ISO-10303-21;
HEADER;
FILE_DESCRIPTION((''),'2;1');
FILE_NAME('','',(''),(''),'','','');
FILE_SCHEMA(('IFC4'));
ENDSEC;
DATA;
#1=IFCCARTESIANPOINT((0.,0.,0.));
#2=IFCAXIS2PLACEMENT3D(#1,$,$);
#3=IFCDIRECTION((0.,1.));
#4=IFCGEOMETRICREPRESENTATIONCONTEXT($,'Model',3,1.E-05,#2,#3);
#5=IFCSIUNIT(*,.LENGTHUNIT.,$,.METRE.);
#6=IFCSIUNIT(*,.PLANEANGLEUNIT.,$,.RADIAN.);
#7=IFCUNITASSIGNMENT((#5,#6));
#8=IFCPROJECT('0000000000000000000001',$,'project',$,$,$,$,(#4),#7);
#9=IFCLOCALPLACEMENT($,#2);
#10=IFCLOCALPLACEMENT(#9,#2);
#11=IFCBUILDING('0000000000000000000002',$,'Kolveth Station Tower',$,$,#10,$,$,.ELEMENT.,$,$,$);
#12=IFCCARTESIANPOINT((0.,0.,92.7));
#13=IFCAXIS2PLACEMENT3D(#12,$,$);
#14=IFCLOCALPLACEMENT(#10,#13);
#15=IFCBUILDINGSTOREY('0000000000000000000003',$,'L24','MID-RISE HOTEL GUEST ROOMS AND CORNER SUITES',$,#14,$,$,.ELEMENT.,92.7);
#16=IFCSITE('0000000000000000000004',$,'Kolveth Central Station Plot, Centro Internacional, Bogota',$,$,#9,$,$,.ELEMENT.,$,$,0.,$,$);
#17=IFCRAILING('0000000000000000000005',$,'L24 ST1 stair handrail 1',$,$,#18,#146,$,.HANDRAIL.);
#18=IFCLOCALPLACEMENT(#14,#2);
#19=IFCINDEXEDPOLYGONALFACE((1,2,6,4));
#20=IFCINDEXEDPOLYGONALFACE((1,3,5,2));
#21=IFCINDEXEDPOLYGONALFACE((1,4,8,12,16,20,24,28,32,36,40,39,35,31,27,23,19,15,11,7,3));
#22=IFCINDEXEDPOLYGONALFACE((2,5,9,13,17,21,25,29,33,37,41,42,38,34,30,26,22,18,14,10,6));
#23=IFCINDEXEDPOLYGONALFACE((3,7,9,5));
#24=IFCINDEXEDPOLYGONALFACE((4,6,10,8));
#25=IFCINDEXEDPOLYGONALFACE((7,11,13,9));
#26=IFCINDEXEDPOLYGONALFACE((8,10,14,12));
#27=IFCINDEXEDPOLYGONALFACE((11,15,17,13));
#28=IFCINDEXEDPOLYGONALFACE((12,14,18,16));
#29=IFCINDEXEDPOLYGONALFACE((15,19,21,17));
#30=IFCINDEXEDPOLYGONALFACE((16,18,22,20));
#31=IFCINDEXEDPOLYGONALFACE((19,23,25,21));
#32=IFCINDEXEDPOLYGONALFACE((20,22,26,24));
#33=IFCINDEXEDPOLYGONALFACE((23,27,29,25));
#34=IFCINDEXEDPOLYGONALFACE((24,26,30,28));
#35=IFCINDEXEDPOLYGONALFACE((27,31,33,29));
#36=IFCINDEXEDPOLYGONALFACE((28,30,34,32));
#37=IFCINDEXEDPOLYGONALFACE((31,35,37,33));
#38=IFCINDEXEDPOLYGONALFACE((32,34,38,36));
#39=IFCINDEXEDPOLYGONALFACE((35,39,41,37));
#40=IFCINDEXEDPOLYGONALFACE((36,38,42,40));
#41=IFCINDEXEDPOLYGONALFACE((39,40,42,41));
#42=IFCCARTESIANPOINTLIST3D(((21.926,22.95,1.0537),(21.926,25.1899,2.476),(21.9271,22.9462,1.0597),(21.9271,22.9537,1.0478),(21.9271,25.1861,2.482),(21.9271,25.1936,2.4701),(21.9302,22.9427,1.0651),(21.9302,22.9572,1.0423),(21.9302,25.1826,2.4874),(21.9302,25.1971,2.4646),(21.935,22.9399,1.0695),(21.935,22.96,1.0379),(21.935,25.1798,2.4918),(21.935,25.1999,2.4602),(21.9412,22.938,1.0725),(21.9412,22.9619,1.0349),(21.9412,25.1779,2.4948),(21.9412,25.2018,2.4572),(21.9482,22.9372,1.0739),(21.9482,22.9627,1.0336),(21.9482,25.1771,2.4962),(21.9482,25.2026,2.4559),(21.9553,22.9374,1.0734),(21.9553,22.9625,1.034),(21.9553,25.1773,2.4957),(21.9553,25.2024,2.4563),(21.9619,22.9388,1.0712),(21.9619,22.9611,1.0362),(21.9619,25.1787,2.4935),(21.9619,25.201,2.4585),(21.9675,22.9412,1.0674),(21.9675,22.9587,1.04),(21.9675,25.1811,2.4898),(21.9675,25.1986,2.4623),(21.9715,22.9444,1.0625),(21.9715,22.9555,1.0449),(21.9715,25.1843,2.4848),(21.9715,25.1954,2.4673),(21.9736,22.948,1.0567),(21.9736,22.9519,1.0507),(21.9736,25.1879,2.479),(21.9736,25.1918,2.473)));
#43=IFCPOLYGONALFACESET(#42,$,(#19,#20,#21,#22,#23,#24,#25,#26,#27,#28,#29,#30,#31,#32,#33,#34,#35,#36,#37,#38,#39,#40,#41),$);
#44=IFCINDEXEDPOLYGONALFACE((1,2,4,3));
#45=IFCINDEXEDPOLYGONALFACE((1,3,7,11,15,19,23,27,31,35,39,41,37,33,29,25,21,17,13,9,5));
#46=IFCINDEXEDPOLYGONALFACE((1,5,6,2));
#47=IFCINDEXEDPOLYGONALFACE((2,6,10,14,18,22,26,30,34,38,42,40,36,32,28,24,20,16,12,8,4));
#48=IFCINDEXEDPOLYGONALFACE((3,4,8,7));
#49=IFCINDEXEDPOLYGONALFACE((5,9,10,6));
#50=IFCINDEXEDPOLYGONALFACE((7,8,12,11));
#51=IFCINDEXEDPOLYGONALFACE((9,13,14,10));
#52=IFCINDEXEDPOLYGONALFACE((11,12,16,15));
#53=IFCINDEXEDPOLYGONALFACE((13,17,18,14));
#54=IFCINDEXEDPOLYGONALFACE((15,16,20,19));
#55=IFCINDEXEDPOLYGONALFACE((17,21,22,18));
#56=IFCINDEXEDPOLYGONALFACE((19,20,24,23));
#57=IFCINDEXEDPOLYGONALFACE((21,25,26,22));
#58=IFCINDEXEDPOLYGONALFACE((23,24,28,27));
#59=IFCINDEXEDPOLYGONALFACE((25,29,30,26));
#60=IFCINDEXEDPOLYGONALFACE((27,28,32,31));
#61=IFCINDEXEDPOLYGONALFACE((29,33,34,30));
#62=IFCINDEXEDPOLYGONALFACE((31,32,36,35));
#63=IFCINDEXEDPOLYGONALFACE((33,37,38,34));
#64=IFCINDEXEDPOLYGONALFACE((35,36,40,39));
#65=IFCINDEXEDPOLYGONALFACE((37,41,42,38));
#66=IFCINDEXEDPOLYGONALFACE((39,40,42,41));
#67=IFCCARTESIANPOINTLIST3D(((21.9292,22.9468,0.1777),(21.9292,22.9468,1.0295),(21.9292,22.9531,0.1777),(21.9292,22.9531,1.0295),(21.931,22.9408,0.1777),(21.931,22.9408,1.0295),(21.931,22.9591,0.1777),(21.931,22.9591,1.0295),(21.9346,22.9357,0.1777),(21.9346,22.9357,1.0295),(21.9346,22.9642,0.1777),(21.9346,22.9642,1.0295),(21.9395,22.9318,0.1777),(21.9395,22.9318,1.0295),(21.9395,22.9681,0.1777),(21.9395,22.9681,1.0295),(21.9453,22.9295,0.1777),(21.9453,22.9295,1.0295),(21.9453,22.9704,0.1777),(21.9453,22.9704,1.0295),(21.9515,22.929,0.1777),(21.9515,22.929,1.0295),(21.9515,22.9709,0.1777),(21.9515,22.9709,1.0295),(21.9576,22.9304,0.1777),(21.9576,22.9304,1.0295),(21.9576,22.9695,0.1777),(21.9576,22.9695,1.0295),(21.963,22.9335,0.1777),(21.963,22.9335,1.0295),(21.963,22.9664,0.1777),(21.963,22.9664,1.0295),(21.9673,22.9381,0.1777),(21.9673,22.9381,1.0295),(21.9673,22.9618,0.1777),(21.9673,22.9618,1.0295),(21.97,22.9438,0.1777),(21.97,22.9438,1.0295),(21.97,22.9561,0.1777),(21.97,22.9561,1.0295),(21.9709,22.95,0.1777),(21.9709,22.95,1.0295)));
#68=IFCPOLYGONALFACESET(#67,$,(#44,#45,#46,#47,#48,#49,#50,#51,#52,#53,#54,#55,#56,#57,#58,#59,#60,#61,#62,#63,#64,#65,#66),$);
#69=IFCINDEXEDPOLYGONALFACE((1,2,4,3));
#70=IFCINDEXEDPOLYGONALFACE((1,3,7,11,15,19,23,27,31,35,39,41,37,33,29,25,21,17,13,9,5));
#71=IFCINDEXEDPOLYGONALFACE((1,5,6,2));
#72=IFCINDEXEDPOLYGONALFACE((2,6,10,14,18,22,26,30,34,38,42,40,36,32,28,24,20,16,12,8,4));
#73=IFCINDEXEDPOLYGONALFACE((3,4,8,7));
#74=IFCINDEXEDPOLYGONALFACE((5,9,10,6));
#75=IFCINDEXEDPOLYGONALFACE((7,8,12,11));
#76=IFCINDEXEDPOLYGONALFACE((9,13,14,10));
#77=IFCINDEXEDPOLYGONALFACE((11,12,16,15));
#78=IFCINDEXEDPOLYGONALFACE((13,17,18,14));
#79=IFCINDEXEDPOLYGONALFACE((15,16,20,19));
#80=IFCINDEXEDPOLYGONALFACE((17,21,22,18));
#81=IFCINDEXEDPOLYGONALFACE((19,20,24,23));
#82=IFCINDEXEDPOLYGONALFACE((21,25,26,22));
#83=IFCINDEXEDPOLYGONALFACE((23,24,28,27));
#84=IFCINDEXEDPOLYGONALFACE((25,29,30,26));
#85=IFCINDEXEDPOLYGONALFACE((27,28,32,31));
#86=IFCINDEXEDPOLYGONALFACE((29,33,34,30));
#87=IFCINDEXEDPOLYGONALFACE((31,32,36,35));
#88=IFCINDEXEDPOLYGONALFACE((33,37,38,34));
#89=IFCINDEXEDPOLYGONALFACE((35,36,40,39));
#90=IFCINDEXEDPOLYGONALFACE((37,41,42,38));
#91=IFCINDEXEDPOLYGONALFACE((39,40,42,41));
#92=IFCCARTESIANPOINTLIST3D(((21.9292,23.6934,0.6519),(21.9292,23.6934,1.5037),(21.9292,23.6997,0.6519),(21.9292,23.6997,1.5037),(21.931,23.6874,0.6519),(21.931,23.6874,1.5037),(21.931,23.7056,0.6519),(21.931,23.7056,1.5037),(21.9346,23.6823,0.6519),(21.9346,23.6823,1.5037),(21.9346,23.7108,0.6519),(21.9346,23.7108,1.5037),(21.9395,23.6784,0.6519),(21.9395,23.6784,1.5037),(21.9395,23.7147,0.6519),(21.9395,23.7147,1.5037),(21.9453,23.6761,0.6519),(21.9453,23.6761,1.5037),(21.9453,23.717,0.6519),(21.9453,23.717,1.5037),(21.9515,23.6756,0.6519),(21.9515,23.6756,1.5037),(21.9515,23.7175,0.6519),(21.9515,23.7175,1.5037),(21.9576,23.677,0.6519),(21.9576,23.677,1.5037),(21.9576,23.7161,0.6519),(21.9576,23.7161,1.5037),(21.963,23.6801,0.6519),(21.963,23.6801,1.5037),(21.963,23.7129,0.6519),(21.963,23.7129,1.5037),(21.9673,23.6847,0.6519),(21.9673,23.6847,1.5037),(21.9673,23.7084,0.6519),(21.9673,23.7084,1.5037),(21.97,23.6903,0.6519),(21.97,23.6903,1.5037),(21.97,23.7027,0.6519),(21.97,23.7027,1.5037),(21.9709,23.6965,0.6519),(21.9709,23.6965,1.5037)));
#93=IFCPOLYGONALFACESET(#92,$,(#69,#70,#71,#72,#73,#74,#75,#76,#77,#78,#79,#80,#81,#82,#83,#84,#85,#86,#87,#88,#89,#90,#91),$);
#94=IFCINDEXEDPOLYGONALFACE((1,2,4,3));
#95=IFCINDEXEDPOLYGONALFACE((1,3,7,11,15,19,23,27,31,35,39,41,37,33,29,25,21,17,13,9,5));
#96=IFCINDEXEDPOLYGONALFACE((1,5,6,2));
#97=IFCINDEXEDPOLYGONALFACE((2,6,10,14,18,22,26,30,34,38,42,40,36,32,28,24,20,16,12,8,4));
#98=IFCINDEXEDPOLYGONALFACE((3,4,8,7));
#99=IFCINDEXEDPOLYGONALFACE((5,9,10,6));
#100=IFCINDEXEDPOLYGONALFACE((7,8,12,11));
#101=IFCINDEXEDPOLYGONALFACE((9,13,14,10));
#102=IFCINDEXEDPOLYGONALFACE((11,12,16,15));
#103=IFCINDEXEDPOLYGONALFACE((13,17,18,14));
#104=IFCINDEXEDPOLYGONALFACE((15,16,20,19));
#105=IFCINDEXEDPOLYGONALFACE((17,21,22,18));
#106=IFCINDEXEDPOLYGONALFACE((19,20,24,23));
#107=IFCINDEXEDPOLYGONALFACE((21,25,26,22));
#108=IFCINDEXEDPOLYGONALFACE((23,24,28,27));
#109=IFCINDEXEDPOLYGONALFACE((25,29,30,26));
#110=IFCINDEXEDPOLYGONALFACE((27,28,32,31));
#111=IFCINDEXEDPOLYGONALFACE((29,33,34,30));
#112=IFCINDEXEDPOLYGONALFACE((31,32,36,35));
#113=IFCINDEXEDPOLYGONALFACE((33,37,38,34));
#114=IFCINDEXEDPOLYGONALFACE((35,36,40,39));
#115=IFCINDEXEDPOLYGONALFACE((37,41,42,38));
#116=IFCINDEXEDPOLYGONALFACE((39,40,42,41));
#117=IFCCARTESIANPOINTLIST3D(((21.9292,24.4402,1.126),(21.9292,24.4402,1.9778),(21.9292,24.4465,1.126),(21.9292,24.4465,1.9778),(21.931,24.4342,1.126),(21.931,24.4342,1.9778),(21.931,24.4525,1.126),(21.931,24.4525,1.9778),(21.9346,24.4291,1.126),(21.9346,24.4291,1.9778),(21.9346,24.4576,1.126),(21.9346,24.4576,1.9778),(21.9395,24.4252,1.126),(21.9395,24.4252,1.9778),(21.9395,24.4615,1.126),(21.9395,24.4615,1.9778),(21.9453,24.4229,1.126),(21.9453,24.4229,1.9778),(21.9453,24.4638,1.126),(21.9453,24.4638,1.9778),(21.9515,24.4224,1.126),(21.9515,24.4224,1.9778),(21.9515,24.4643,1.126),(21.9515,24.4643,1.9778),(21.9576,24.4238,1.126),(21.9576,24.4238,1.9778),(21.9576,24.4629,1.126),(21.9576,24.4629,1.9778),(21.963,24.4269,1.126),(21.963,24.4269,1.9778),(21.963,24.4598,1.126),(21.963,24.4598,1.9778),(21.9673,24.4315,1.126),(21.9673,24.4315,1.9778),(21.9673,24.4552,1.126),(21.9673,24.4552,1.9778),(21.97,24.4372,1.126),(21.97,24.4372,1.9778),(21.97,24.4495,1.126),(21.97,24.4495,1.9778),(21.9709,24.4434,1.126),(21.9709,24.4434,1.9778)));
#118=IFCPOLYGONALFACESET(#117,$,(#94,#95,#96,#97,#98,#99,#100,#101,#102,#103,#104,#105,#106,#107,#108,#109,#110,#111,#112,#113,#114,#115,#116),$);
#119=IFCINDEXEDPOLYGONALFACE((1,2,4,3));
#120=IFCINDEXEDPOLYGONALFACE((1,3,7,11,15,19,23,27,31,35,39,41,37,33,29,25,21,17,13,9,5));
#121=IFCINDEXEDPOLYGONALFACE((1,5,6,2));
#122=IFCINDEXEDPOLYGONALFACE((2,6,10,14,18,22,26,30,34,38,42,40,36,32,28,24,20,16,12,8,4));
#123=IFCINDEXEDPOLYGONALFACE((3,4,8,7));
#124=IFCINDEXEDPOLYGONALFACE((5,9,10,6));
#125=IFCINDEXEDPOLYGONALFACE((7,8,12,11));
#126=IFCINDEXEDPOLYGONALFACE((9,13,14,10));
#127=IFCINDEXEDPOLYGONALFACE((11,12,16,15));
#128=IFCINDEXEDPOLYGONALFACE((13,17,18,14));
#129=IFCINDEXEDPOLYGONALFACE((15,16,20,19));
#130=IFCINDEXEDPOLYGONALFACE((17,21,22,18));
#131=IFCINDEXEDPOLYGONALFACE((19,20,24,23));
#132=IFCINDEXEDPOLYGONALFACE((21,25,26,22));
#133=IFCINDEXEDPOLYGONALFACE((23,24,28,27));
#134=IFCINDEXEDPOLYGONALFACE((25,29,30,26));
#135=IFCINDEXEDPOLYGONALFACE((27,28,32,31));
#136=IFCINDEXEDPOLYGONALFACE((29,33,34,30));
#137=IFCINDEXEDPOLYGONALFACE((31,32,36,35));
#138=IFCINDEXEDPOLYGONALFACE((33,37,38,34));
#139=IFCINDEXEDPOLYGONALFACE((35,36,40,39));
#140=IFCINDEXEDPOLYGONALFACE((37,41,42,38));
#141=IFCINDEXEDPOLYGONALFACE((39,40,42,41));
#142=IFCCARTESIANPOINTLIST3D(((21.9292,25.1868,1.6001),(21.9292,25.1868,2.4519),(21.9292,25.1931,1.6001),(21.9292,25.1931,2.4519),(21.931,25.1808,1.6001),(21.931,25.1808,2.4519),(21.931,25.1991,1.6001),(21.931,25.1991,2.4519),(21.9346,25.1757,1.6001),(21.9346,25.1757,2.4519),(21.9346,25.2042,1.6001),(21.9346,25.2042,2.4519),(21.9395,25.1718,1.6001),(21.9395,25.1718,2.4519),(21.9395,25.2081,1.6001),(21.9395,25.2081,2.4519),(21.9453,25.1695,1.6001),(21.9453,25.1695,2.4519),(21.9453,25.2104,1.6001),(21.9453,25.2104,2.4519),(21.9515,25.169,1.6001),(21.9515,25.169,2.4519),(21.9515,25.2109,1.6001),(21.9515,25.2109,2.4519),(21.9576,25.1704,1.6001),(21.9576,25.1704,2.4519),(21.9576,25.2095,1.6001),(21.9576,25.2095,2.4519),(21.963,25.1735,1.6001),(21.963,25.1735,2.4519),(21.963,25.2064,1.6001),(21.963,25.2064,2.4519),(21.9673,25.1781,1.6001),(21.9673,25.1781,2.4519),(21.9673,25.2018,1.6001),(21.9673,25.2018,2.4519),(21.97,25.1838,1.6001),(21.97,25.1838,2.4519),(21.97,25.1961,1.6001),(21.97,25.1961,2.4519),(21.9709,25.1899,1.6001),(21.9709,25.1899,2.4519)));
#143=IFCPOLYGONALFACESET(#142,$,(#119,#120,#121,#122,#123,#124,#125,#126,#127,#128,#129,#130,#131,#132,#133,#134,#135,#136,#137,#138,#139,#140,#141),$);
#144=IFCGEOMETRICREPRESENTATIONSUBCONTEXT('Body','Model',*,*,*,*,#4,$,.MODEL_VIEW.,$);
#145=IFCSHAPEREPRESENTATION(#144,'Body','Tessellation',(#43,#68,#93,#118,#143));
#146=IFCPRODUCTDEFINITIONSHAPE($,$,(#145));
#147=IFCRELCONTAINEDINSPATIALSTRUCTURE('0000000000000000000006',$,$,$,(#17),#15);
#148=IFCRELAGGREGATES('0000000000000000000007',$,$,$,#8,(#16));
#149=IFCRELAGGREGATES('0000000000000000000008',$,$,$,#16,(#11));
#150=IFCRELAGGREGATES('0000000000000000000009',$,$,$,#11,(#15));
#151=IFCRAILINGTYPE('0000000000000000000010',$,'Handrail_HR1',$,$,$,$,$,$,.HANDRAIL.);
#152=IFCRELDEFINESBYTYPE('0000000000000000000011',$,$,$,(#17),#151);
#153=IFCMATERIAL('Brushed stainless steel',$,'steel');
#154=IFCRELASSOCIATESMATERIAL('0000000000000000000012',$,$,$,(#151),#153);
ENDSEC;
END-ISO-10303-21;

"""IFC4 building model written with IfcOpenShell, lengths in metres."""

from ifc_helpers import new_model, si_unit, direction, frame, origin, origin_2d, place, context, subcontext, project, spatial, circle, extrude, material, type_object, element, save


model = new_model("IFC4")

# Units and contexts
model_context = context("Model", 3, precision=1e-05, world=origin(), true_north=direction((0.0, 1.0)))
body_context = subcontext(model_context, "Body", "Model", "MODEL_VIEW")
ifc_project = project(units=[si_unit("LENGTHUNIT", "METRE"), si_unit("PLANEANGLEUNIT", "RADIAN")], contexts=[model_context])

# Site, building, storey
site_placement = place(None, origin())
site = spatial("IfcSite", under=ifc_project, at=site_placement, Name="Kolveth Central Station Plot, Centro Internacional, Bogota", CompositionType="ELEMENT", RefElevation=0.0)
building_placement = place(site_placement, origin())
building = spatial("IfcBuilding", under=site, at=building_placement, Name="Kolveth Station Tower", CompositionType="ELEMENT")
storey_placement = place(building_placement, frame((0.0, 0.0, 92.7)))
storey = spatial("IfcBuildingStorey", under=building, at=storey_placement, Name="L24", Description="MID-RISE HOTEL GUEST ROOMS AND CORNER SUITES", CompositionType="ELEMENT", Elevation=92.7)

# Railing
ifc_material_1 = material(Name="Brushed stainless steel", Category="steel")
railing_type_1 = type_object("IfcRailingType", Name="Handrail_HR1", PredefinedType="HANDRAIL", material=ifc_material_1)
railing_1_placement = place(storey_placement, frame((21.95, 22.95, 0.1777)))
element("IfcRailing", 1, at=railing_1_placement, inside=storey, type_object=railing_type_1, Name="L24 ST1 stair handrail 1", PredefinedType="HANDRAIL", context=body_context, shape_type="SweptSolid", body=[
    extrude(circle(Radius=0.0239, at=origin_2d()), frame((0.0, 0.0, 0.876), z_axis=(0.0, 0.844188, 0.536048), x_axis=(-1.0, 0.0, 0.0)), (0.0, 0.0, 1.0), 2.6533),
    extrude(circle(Radius=0.021, at=origin_2d()), origin(), (0.0, 0.0, 1.0), 0.8518),
    extrude(circle(Radius=0.021, at=origin_2d()), frame((0.0, 0.7466, 0.4741)), (0.0, 0.0, 1.0), 0.8518),
    extrude(circle(Radius=0.021, at=origin_2d()), frame((0.0, 1.4934, 0.9482)), (0.0, 0.0, 1.0), 0.8518),
    extrude(circle(Radius=0.021, at=origin_2d()), frame((0.0, 2.24, 1.4224)), (0.0, 0.0, 1.0), 0.8518),
])

save(model, "model.ifc")
